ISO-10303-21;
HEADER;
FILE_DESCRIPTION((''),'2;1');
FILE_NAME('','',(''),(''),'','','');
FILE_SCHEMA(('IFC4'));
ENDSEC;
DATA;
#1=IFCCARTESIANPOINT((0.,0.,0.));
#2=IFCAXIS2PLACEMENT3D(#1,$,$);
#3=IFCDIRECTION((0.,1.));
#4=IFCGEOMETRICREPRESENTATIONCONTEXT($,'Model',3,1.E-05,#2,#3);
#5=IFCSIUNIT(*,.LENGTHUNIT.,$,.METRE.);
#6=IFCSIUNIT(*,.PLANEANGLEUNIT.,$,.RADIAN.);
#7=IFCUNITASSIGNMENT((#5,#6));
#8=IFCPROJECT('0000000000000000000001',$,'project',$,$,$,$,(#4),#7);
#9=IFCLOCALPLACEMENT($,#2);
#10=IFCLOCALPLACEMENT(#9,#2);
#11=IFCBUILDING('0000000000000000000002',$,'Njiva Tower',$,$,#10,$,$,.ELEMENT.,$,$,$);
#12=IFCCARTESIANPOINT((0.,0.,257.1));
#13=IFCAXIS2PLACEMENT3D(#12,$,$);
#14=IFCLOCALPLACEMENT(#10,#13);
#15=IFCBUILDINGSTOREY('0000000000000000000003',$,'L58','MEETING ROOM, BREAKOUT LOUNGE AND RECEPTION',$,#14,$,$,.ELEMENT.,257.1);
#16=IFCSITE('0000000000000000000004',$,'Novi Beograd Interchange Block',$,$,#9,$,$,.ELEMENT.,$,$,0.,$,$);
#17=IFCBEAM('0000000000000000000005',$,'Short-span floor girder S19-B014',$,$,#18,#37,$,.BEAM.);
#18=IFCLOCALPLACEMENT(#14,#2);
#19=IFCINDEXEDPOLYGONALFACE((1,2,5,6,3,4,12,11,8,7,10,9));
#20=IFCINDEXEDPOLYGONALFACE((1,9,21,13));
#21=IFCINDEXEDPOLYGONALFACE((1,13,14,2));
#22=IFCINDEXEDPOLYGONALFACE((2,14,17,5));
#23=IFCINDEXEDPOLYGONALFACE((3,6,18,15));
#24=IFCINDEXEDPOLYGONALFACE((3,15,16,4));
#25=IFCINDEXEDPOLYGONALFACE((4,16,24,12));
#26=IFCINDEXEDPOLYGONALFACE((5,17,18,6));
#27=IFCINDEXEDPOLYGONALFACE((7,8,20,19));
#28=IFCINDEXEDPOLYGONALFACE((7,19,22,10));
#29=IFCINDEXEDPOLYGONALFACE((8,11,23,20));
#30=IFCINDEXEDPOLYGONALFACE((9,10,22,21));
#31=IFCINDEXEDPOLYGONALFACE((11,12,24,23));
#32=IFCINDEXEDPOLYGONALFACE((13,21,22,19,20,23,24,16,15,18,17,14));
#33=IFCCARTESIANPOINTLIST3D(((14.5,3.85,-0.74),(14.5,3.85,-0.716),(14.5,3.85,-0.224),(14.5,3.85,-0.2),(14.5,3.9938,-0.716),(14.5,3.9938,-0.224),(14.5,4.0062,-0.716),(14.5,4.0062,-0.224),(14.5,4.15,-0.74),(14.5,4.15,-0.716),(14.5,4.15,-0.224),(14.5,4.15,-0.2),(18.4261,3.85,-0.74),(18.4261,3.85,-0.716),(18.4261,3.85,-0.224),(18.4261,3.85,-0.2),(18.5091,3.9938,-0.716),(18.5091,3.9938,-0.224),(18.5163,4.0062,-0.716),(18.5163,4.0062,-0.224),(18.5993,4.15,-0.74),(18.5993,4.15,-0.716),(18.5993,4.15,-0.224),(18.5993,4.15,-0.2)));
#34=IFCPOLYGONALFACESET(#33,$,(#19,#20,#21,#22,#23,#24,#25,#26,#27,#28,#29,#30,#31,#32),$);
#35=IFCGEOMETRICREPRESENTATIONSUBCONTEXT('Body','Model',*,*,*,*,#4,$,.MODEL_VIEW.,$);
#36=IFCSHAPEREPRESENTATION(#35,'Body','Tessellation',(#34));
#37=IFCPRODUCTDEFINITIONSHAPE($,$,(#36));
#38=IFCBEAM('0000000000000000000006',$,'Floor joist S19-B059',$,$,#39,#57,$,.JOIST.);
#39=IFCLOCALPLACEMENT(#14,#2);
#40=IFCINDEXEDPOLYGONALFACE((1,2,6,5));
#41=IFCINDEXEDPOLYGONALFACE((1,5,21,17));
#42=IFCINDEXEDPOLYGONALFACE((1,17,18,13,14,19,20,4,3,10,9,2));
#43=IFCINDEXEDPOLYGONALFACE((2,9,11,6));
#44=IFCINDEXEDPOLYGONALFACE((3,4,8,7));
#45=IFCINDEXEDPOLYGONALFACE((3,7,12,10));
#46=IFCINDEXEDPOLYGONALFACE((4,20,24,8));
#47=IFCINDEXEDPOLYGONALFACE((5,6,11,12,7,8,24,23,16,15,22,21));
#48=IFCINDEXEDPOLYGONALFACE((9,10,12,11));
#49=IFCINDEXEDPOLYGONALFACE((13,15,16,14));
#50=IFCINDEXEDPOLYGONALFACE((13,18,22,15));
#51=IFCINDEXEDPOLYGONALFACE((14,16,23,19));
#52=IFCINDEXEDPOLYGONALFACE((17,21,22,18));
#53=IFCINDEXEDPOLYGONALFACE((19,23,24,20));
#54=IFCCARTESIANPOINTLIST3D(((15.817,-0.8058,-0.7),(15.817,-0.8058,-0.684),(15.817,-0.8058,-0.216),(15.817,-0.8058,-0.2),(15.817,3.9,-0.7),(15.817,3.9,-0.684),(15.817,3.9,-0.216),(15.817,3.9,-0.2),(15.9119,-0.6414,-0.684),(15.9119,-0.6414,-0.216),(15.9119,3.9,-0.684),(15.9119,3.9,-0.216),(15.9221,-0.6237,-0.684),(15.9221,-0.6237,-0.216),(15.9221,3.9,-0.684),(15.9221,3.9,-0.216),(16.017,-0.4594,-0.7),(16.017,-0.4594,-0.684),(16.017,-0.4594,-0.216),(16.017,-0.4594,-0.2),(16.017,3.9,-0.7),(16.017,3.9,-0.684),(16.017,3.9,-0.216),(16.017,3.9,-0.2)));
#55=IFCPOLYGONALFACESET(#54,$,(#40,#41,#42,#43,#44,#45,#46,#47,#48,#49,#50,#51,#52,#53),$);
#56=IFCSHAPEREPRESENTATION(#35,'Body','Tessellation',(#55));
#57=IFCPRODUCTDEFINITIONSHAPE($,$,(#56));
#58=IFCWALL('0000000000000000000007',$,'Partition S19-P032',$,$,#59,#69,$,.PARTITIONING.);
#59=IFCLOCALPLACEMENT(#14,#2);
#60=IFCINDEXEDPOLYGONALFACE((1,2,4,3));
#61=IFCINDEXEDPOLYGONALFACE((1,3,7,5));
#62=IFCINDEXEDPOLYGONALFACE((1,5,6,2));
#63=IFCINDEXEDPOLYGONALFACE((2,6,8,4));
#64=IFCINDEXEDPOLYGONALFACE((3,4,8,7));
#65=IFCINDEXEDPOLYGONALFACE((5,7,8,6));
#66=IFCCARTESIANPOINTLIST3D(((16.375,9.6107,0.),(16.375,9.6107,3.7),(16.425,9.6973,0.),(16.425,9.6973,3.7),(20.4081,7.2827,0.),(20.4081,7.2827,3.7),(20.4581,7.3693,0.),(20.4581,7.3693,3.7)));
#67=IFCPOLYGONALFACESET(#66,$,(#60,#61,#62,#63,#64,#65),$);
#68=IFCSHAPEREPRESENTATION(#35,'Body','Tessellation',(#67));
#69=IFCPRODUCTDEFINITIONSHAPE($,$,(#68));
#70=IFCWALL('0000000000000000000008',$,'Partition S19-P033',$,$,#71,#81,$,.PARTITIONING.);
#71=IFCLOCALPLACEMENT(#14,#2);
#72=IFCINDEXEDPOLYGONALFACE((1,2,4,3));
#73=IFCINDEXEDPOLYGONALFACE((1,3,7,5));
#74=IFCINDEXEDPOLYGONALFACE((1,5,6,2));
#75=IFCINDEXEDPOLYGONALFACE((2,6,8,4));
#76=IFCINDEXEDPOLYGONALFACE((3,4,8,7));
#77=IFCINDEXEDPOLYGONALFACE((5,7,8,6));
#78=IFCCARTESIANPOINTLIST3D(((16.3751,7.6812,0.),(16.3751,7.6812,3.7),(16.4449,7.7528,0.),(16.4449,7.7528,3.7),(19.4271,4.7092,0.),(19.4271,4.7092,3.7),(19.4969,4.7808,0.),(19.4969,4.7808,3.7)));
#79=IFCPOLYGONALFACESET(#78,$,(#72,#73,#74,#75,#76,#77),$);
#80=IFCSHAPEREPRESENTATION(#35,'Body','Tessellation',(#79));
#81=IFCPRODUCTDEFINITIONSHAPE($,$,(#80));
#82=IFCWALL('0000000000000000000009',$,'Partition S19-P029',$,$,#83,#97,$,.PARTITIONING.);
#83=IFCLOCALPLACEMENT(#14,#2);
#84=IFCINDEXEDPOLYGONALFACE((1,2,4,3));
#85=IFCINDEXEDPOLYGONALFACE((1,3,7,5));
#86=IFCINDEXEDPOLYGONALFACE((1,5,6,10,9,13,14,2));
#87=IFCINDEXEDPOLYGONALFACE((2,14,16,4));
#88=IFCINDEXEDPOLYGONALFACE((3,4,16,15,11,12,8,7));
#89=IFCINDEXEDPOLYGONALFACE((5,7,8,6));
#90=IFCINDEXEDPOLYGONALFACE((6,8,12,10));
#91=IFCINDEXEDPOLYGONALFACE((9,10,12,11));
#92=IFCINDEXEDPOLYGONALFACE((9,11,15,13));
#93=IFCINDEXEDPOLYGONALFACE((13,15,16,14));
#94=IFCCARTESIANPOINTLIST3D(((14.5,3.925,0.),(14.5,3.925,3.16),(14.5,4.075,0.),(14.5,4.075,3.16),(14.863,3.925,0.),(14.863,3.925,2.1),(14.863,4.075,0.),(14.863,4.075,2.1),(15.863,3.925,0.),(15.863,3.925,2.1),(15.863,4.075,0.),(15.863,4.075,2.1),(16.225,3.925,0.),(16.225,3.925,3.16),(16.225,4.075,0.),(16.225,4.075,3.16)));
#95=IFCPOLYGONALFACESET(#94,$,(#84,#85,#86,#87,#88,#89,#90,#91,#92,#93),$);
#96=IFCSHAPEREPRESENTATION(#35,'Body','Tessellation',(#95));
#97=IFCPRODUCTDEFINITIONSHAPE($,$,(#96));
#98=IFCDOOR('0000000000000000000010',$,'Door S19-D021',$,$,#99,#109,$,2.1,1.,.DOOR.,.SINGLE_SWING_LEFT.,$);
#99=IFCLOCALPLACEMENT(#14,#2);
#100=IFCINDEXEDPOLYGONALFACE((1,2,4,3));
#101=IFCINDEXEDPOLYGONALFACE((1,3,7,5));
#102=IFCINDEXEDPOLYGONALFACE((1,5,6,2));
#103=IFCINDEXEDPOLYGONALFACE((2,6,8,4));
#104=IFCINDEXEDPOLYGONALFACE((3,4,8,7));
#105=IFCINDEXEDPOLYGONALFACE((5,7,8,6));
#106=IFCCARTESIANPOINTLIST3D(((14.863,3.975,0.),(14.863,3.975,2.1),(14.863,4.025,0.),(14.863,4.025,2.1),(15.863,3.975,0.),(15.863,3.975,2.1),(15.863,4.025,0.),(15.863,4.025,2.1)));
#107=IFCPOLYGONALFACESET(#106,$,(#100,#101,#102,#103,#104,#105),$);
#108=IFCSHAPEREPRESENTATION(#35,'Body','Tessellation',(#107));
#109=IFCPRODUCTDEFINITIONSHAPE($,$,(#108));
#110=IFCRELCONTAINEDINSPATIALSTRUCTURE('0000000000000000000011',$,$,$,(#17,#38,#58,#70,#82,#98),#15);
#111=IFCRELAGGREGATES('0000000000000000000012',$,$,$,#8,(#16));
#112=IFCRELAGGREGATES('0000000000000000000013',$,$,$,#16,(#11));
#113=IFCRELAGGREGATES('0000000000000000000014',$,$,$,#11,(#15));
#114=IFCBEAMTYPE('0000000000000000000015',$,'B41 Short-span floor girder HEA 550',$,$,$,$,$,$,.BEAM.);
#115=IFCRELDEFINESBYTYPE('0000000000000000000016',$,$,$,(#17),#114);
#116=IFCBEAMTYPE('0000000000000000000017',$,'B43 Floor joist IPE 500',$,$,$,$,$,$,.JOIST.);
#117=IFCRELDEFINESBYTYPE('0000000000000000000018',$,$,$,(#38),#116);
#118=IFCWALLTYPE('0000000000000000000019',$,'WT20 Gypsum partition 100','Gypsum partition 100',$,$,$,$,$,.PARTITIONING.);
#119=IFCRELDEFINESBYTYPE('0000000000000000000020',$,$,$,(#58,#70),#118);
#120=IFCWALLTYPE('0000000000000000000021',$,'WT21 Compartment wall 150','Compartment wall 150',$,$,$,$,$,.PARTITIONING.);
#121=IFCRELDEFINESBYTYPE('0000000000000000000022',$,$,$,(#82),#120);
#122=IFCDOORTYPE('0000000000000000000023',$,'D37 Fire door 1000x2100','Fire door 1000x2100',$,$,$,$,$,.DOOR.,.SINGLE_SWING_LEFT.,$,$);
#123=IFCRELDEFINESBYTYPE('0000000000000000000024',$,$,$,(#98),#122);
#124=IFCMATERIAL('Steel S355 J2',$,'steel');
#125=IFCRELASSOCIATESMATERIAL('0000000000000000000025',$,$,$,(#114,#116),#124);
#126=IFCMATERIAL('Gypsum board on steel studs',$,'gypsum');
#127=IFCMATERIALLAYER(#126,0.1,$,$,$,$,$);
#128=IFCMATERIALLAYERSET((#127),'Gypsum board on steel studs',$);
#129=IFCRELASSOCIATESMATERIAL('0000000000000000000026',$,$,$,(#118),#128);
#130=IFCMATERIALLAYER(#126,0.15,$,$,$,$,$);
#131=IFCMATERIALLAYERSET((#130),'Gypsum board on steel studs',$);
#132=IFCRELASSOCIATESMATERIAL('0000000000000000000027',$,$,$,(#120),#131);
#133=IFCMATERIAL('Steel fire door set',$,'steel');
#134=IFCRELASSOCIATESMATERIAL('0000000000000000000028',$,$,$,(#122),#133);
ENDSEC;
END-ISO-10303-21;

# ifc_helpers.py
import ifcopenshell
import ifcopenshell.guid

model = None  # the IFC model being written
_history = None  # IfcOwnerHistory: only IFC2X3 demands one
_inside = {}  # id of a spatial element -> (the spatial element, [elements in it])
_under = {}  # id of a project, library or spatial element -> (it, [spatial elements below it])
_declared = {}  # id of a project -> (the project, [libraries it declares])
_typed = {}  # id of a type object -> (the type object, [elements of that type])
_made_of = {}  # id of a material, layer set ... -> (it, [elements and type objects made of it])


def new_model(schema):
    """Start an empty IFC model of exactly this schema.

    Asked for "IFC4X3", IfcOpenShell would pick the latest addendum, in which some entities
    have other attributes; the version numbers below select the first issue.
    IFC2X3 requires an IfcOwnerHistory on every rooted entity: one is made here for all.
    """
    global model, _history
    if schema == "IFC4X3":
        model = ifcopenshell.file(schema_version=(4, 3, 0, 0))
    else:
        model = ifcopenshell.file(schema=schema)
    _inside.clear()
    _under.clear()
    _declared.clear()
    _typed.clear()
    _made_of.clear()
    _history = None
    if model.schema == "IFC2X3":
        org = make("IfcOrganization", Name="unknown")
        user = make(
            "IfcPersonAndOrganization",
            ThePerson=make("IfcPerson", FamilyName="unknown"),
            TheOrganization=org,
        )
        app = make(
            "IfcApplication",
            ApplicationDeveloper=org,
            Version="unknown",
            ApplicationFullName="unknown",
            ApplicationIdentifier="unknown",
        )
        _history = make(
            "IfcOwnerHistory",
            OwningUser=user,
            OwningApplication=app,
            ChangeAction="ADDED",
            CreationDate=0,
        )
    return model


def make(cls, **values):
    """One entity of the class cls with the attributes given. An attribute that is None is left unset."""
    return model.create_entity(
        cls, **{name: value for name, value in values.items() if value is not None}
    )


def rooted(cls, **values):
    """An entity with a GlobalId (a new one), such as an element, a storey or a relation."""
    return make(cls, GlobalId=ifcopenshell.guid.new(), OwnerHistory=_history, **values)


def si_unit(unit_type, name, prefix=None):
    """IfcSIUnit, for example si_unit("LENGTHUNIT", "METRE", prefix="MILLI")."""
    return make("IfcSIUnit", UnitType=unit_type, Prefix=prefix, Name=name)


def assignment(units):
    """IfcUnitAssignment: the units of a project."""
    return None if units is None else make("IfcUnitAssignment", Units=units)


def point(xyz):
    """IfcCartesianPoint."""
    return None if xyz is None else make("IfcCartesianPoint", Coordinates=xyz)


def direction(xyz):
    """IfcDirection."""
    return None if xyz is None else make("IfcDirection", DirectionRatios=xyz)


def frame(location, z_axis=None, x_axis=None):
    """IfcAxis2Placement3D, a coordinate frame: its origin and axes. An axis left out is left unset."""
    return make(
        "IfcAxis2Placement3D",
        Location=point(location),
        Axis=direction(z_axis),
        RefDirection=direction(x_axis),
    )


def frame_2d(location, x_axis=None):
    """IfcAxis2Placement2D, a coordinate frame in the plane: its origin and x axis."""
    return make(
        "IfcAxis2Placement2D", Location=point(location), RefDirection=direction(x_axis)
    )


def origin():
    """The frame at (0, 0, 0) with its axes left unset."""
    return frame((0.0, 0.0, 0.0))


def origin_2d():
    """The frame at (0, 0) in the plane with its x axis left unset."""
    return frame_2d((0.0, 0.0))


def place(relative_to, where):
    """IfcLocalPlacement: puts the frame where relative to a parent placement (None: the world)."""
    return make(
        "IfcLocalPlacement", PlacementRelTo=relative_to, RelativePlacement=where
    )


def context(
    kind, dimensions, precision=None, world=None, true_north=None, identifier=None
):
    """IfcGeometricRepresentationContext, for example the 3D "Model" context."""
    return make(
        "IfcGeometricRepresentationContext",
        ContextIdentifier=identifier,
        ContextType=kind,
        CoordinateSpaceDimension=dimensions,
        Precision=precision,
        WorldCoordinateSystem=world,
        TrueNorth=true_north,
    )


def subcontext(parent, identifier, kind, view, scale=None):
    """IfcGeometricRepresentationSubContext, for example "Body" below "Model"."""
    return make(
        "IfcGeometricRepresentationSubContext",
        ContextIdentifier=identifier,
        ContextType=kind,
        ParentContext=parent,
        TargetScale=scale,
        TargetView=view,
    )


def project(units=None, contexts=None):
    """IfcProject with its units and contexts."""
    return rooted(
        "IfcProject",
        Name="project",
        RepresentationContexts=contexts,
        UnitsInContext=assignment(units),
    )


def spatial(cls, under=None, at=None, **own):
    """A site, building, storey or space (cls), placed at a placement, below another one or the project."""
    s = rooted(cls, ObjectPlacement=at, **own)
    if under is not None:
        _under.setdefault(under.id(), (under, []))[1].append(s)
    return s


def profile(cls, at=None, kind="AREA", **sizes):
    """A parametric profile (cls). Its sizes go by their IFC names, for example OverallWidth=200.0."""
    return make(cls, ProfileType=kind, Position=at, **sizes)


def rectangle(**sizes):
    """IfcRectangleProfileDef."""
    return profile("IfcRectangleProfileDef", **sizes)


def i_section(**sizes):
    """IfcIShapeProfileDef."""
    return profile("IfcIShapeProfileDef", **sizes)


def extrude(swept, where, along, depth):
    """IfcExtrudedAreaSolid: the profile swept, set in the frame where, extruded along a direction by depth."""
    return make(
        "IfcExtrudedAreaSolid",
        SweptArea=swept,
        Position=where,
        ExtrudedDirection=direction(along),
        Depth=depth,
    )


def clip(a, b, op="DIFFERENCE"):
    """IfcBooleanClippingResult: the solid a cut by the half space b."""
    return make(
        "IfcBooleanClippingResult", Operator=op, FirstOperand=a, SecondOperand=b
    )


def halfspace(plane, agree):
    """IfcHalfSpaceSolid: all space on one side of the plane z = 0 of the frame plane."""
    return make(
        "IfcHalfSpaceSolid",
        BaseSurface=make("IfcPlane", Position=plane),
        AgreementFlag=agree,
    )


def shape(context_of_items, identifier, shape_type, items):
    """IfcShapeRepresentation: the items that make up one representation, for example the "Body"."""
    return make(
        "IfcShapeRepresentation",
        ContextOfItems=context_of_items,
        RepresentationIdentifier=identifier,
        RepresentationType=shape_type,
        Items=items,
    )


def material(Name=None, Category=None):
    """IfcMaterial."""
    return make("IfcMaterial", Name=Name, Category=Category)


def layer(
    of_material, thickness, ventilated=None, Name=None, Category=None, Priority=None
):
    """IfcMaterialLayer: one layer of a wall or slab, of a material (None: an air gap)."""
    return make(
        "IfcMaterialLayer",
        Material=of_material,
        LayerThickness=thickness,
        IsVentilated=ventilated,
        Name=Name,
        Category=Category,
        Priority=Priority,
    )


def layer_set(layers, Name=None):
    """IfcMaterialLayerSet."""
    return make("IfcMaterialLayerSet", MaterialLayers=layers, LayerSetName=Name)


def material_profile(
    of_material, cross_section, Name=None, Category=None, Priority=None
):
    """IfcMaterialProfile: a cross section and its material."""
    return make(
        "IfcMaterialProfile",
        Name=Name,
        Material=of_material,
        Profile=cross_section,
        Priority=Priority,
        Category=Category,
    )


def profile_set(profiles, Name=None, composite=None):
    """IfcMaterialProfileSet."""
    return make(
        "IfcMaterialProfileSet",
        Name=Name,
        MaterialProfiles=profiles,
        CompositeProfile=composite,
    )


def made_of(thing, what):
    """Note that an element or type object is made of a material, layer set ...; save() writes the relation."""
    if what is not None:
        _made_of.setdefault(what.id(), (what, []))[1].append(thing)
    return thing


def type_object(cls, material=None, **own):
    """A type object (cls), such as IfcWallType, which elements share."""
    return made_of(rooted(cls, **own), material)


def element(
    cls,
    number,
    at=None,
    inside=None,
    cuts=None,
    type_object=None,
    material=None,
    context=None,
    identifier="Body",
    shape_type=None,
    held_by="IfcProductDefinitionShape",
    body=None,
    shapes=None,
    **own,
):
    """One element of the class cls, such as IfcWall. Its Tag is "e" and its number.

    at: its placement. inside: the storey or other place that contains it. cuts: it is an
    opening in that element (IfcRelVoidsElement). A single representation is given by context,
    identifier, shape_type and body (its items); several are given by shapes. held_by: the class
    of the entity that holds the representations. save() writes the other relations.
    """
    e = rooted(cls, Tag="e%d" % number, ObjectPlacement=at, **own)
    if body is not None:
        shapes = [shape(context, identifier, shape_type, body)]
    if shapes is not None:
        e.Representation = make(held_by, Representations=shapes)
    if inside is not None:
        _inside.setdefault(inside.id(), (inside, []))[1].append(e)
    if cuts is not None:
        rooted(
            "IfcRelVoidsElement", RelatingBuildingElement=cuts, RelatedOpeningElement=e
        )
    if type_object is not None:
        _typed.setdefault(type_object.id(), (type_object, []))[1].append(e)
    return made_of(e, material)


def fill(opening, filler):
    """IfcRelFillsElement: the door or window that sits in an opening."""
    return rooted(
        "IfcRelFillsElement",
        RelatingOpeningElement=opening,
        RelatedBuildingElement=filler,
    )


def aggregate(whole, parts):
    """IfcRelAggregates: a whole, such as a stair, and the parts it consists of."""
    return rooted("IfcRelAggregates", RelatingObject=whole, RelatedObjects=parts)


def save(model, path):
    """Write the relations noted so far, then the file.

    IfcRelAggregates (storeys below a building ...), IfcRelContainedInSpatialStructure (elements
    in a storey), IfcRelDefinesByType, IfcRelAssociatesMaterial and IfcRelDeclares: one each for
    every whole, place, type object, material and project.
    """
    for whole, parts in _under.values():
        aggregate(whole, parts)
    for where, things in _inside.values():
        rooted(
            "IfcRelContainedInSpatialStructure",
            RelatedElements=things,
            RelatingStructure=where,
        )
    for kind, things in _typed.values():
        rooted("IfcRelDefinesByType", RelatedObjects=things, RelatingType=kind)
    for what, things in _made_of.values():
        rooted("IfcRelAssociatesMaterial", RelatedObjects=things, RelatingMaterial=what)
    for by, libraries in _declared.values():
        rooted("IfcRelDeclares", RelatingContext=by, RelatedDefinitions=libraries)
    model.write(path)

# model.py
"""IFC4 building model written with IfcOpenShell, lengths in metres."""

from ifc_helpers import new_model, si_unit, direction, frame, frame_2d, origin, origin_2d, place, context, subcontext, project, spatial, rectangle, i_section, extrude, clip, halfspace, material, layer, layer_set, material_profile, profile_set, type_object, element, fill, save


model = new_model("IFC4")

# Units and contexts
model_context = context("Model", 3, precision=1e-05, world=origin(), true_north=direction((0.0, 1.0)))
body_context = subcontext(model_context, "Body", "Model", "MODEL_VIEW")
ifc_project = project(units=[si_unit("LENGTHUNIT", "METRE"), si_unit("PLANEANGLEUNIT", "RADIAN")], contexts=[model_context])

# Site, building, storey
site_placement = place(None, origin())
site = spatial("IfcSite", under=ifc_project, at=site_placement, Name="Novi Beograd Interchange Block", CompositionType="ELEMENT", RefElevation=0.0)
building_placement = place(site_placement, origin())
building = spatial("IfcBuilding", under=site, at=building_placement, Name="Njiva Tower", CompositionType="ELEMENT")
storey_placement = place(building_placement, frame((0.0, 0.0, 257.1)))
storey = spatial("IfcBuildingStorey", under=building, at=storey_placement, Name="L58", Description="MEETING ROOM, BREAKOUT LOUNGE AND RECEPTION", CompositionType="ELEMENT", Elevation=257.1)

# Shared definitions
ifc_material_1 = material(Name="Steel S355 J2", Category="steel")

# Beams
ifc_material_profile_1 = material_profile(ifc_material_1, i_section(OverallWidth=0.3, OverallDepth=0.54, WebThickness=0.0125, FlangeThickness=0.024, at=origin_2d()), Name="HEA 550")
ifc_profile_set_1 = profile_set([ifc_material_profile_1], Name="Steel S355 J2")
beam_type_1 = type_object("IfcBeamType", Name="B41 Short-span floor girder HEA 550", PredefinedType="BEAM", material=ifc_profile_set_1)
beam_1_placement = place(storey_placement, frame((14.5, 4.0, -0.47), z_axis=(1.0, 0.0, 0.0), x_axis=(0.0, 1.0, 0.0)))
element("IfcBeam", 1, at=beam_1_placement, inside=storey, type_object=beam_type_1, Name="Short-span floor girder S19-B014", PredefinedType="BEAM", context=body_context, shape_type="Clipping", body=[
    clip(extrude(i_section(OverallWidth=0.3, OverallDepth=0.54, WebThickness=0.0125, FlangeThickness=0.024, at=origin_2d()), origin(), (0.0, 0.0, 1.0), 4.12), halfspace(frame((-0.025, 0.0, 3.9983), z_axis=(-0.499998, 0.0, 0.866027), x_axis=(0.0, 1.0, 0.0)), False)),
])
ifc_material_profile_2 = material_profile(ifc_material_1, i_section(OverallWidth=0.2, OverallDepth=0.5, WebThickness=0.0102, FlangeThickness=0.016, at=origin_2d()), Name="IPE 500")
ifc_profile_set_2 = profile_set([ifc_material_profile_2], Name="Steel S355 J2")
beam_type_2 = type_object("IfcBeamType", Name="B43 Floor joist IPE 500", PredefinedType="JOIST", material=ifc_profile_set_2)
beam_2_placement = place(storey_placement, frame((15.917, 3.9, -0.45), z_axis=(0.0, -1.0, 0.0), x_axis=(1.0, 0.0, 0.0)))
element("IfcBeam", 2, at=beam_2_placement, inside=storey, type_object=beam_type_2, Name="Floor joist S19-B059", PredefinedType="JOIST", context=body_context, shape_type="Clipping", body=[
    clip(extrude(i_section(OverallWidth=0.2, OverallDepth=0.5, WebThickness=0.0102, FlangeThickness=0.016, at=origin_2d()), origin(), (0.0, 0.0, 1.0), 4.726), halfspace(frame((0.043, 0.0, 4.4581), z_axis=(0.866027, 0.0, 0.499998), x_axis=(0.0, 1.0, 0.0)), False)),
])

# Walls
ifc_material_2 = material(Name="Gypsum board on steel studs", Category="gypsum")
ifc_layer_1 = layer(ifc_material_2, 0.1)
ifc_layer_set_1 = layer_set([ifc_layer_1], Name="Gypsum board on steel studs")
wall_type_1 = type_object("IfcWallType", Name="WT20 Gypsum partition 100", Description="Gypsum partition 100", PredefinedType="PARTITIONING", material=ifc_layer_set_1)
wall_1_placement = place(storey_placement, frame((16.4, 9.654, 0.0), z_axis=(0.0, 0.0, 1.0), x_axis=(0.866068, -0.499927, 0.0)))
element("IfcWall", 3, at=wall_1_placement, inside=storey, type_object=wall_type_1, Name="Partition S19-P032", PredefinedType="PARTITIONING", context=body_context, shape_type="SweptSolid", body=[
    extrude(rectangle(XDim=4.6567, YDim=0.1, at=frame_2d((2.3284, 0.0))), origin(), (0.0, 0.0, 1.0), 3.7),
])
wall_2_placement = place(storey_placement, frame((16.41, 7.717, 0.0), z_axis=(0.0, 0.0, 1.0), x_axis=(0.716434, -0.697655, 0.0)))
element("IfcWall", 4, at=wall_2_placement, inside=storey, type_object=wall_type_1, Name="Partition S19-P033", PredefinedType="PARTITIONING", context=body_context, shape_type="SweptSolid", body=[
    extrude(rectangle(XDim=4.26, YDim=0.1, at=frame_2d((2.13, 0.0))), origin(), (0.0, 0.0, 1.0), 3.7),
])

# Wall, opening, door
ifc_layer_2 = layer(ifc_material_2, 0.15)
ifc_layer_set_2 = layer_set([ifc_layer_2], Name="Gypsum board on steel studs")
wall_type_2 = type_object("IfcWallType", Name="WT21 Compartment wall 150", Description="Compartment wall 150", PredefinedType="PARTITIONING", material=ifc_layer_set_2)
wall_3_placement = place(storey_placement, frame((14.5, 4.0, 0.0), z_axis=(0.0, 0.0, 1.0), x_axis=(1.0, 0.0, 0.0)))
wall_3 = element("IfcWall", 5, at=wall_3_placement, inside=storey, type_object=wall_type_2, Name="Partition S19-P029", PredefinedType="PARTITIONING", context=body_context, shape_type="SweptSolid", body=[
    extrude(rectangle(XDim=1.725, YDim=0.15, at=frame_2d((0.8625, 0.0))), origin(), (0.0, 0.0, 1.0), 3.16),
])
opening_placement = place(wall_3_placement, frame((0.363, 0.0, 0.0)))
opening = element("IfcOpeningElement", 6, at=opening_placement, cuts=wall_3, PredefinedType="OPENING", context=body_context, shape_type="SweptSolid", body=[
    extrude(rectangle(XDim=1.0, YDim=2.1, at=frame_2d((0.5, 1.05))), frame((0.0, 0.085, 0.0), z_axis=(0.0, -1.0, 0.0), x_axis=(1.0, 0.0, 0.0)), (0.0, 0.0, 1.0), 0.17),
])
ifc_material_3 = material(Name="Steel fire door set", Category="steel")
door_type = type_object("IfcDoorType", Name="D37 Fire door 1000x2100", Description="Fire door 1000x2100", OperationType="SINGLE_SWING_LEFT", PredefinedType="DOOR", material=ifc_material_3)
door_placement = place(opening_placement, origin())
door = element("IfcDoor", 7, at=door_placement, inside=storey, type_object=door_type, Name="Door S19-D021", OperationType="SINGLE_SWING_LEFT", OverallHeight=2.1, OverallWidth=1.0, PredefinedType="DOOR", context=body_context, shape_type="SweptSolid", body=[
    extrude(rectangle(XDim=1.0, YDim=2.1, at=frame_2d((0.5, 1.05))), frame((0.0, 0.025, 0.0), z_axis=(0.0, -1.0, 0.0), x_axis=(1.0, 0.0, 0.0)), (0.0, 0.0, 1.0), 0.05),
])
fill(opening, door)

save(model, "model.ifc")
